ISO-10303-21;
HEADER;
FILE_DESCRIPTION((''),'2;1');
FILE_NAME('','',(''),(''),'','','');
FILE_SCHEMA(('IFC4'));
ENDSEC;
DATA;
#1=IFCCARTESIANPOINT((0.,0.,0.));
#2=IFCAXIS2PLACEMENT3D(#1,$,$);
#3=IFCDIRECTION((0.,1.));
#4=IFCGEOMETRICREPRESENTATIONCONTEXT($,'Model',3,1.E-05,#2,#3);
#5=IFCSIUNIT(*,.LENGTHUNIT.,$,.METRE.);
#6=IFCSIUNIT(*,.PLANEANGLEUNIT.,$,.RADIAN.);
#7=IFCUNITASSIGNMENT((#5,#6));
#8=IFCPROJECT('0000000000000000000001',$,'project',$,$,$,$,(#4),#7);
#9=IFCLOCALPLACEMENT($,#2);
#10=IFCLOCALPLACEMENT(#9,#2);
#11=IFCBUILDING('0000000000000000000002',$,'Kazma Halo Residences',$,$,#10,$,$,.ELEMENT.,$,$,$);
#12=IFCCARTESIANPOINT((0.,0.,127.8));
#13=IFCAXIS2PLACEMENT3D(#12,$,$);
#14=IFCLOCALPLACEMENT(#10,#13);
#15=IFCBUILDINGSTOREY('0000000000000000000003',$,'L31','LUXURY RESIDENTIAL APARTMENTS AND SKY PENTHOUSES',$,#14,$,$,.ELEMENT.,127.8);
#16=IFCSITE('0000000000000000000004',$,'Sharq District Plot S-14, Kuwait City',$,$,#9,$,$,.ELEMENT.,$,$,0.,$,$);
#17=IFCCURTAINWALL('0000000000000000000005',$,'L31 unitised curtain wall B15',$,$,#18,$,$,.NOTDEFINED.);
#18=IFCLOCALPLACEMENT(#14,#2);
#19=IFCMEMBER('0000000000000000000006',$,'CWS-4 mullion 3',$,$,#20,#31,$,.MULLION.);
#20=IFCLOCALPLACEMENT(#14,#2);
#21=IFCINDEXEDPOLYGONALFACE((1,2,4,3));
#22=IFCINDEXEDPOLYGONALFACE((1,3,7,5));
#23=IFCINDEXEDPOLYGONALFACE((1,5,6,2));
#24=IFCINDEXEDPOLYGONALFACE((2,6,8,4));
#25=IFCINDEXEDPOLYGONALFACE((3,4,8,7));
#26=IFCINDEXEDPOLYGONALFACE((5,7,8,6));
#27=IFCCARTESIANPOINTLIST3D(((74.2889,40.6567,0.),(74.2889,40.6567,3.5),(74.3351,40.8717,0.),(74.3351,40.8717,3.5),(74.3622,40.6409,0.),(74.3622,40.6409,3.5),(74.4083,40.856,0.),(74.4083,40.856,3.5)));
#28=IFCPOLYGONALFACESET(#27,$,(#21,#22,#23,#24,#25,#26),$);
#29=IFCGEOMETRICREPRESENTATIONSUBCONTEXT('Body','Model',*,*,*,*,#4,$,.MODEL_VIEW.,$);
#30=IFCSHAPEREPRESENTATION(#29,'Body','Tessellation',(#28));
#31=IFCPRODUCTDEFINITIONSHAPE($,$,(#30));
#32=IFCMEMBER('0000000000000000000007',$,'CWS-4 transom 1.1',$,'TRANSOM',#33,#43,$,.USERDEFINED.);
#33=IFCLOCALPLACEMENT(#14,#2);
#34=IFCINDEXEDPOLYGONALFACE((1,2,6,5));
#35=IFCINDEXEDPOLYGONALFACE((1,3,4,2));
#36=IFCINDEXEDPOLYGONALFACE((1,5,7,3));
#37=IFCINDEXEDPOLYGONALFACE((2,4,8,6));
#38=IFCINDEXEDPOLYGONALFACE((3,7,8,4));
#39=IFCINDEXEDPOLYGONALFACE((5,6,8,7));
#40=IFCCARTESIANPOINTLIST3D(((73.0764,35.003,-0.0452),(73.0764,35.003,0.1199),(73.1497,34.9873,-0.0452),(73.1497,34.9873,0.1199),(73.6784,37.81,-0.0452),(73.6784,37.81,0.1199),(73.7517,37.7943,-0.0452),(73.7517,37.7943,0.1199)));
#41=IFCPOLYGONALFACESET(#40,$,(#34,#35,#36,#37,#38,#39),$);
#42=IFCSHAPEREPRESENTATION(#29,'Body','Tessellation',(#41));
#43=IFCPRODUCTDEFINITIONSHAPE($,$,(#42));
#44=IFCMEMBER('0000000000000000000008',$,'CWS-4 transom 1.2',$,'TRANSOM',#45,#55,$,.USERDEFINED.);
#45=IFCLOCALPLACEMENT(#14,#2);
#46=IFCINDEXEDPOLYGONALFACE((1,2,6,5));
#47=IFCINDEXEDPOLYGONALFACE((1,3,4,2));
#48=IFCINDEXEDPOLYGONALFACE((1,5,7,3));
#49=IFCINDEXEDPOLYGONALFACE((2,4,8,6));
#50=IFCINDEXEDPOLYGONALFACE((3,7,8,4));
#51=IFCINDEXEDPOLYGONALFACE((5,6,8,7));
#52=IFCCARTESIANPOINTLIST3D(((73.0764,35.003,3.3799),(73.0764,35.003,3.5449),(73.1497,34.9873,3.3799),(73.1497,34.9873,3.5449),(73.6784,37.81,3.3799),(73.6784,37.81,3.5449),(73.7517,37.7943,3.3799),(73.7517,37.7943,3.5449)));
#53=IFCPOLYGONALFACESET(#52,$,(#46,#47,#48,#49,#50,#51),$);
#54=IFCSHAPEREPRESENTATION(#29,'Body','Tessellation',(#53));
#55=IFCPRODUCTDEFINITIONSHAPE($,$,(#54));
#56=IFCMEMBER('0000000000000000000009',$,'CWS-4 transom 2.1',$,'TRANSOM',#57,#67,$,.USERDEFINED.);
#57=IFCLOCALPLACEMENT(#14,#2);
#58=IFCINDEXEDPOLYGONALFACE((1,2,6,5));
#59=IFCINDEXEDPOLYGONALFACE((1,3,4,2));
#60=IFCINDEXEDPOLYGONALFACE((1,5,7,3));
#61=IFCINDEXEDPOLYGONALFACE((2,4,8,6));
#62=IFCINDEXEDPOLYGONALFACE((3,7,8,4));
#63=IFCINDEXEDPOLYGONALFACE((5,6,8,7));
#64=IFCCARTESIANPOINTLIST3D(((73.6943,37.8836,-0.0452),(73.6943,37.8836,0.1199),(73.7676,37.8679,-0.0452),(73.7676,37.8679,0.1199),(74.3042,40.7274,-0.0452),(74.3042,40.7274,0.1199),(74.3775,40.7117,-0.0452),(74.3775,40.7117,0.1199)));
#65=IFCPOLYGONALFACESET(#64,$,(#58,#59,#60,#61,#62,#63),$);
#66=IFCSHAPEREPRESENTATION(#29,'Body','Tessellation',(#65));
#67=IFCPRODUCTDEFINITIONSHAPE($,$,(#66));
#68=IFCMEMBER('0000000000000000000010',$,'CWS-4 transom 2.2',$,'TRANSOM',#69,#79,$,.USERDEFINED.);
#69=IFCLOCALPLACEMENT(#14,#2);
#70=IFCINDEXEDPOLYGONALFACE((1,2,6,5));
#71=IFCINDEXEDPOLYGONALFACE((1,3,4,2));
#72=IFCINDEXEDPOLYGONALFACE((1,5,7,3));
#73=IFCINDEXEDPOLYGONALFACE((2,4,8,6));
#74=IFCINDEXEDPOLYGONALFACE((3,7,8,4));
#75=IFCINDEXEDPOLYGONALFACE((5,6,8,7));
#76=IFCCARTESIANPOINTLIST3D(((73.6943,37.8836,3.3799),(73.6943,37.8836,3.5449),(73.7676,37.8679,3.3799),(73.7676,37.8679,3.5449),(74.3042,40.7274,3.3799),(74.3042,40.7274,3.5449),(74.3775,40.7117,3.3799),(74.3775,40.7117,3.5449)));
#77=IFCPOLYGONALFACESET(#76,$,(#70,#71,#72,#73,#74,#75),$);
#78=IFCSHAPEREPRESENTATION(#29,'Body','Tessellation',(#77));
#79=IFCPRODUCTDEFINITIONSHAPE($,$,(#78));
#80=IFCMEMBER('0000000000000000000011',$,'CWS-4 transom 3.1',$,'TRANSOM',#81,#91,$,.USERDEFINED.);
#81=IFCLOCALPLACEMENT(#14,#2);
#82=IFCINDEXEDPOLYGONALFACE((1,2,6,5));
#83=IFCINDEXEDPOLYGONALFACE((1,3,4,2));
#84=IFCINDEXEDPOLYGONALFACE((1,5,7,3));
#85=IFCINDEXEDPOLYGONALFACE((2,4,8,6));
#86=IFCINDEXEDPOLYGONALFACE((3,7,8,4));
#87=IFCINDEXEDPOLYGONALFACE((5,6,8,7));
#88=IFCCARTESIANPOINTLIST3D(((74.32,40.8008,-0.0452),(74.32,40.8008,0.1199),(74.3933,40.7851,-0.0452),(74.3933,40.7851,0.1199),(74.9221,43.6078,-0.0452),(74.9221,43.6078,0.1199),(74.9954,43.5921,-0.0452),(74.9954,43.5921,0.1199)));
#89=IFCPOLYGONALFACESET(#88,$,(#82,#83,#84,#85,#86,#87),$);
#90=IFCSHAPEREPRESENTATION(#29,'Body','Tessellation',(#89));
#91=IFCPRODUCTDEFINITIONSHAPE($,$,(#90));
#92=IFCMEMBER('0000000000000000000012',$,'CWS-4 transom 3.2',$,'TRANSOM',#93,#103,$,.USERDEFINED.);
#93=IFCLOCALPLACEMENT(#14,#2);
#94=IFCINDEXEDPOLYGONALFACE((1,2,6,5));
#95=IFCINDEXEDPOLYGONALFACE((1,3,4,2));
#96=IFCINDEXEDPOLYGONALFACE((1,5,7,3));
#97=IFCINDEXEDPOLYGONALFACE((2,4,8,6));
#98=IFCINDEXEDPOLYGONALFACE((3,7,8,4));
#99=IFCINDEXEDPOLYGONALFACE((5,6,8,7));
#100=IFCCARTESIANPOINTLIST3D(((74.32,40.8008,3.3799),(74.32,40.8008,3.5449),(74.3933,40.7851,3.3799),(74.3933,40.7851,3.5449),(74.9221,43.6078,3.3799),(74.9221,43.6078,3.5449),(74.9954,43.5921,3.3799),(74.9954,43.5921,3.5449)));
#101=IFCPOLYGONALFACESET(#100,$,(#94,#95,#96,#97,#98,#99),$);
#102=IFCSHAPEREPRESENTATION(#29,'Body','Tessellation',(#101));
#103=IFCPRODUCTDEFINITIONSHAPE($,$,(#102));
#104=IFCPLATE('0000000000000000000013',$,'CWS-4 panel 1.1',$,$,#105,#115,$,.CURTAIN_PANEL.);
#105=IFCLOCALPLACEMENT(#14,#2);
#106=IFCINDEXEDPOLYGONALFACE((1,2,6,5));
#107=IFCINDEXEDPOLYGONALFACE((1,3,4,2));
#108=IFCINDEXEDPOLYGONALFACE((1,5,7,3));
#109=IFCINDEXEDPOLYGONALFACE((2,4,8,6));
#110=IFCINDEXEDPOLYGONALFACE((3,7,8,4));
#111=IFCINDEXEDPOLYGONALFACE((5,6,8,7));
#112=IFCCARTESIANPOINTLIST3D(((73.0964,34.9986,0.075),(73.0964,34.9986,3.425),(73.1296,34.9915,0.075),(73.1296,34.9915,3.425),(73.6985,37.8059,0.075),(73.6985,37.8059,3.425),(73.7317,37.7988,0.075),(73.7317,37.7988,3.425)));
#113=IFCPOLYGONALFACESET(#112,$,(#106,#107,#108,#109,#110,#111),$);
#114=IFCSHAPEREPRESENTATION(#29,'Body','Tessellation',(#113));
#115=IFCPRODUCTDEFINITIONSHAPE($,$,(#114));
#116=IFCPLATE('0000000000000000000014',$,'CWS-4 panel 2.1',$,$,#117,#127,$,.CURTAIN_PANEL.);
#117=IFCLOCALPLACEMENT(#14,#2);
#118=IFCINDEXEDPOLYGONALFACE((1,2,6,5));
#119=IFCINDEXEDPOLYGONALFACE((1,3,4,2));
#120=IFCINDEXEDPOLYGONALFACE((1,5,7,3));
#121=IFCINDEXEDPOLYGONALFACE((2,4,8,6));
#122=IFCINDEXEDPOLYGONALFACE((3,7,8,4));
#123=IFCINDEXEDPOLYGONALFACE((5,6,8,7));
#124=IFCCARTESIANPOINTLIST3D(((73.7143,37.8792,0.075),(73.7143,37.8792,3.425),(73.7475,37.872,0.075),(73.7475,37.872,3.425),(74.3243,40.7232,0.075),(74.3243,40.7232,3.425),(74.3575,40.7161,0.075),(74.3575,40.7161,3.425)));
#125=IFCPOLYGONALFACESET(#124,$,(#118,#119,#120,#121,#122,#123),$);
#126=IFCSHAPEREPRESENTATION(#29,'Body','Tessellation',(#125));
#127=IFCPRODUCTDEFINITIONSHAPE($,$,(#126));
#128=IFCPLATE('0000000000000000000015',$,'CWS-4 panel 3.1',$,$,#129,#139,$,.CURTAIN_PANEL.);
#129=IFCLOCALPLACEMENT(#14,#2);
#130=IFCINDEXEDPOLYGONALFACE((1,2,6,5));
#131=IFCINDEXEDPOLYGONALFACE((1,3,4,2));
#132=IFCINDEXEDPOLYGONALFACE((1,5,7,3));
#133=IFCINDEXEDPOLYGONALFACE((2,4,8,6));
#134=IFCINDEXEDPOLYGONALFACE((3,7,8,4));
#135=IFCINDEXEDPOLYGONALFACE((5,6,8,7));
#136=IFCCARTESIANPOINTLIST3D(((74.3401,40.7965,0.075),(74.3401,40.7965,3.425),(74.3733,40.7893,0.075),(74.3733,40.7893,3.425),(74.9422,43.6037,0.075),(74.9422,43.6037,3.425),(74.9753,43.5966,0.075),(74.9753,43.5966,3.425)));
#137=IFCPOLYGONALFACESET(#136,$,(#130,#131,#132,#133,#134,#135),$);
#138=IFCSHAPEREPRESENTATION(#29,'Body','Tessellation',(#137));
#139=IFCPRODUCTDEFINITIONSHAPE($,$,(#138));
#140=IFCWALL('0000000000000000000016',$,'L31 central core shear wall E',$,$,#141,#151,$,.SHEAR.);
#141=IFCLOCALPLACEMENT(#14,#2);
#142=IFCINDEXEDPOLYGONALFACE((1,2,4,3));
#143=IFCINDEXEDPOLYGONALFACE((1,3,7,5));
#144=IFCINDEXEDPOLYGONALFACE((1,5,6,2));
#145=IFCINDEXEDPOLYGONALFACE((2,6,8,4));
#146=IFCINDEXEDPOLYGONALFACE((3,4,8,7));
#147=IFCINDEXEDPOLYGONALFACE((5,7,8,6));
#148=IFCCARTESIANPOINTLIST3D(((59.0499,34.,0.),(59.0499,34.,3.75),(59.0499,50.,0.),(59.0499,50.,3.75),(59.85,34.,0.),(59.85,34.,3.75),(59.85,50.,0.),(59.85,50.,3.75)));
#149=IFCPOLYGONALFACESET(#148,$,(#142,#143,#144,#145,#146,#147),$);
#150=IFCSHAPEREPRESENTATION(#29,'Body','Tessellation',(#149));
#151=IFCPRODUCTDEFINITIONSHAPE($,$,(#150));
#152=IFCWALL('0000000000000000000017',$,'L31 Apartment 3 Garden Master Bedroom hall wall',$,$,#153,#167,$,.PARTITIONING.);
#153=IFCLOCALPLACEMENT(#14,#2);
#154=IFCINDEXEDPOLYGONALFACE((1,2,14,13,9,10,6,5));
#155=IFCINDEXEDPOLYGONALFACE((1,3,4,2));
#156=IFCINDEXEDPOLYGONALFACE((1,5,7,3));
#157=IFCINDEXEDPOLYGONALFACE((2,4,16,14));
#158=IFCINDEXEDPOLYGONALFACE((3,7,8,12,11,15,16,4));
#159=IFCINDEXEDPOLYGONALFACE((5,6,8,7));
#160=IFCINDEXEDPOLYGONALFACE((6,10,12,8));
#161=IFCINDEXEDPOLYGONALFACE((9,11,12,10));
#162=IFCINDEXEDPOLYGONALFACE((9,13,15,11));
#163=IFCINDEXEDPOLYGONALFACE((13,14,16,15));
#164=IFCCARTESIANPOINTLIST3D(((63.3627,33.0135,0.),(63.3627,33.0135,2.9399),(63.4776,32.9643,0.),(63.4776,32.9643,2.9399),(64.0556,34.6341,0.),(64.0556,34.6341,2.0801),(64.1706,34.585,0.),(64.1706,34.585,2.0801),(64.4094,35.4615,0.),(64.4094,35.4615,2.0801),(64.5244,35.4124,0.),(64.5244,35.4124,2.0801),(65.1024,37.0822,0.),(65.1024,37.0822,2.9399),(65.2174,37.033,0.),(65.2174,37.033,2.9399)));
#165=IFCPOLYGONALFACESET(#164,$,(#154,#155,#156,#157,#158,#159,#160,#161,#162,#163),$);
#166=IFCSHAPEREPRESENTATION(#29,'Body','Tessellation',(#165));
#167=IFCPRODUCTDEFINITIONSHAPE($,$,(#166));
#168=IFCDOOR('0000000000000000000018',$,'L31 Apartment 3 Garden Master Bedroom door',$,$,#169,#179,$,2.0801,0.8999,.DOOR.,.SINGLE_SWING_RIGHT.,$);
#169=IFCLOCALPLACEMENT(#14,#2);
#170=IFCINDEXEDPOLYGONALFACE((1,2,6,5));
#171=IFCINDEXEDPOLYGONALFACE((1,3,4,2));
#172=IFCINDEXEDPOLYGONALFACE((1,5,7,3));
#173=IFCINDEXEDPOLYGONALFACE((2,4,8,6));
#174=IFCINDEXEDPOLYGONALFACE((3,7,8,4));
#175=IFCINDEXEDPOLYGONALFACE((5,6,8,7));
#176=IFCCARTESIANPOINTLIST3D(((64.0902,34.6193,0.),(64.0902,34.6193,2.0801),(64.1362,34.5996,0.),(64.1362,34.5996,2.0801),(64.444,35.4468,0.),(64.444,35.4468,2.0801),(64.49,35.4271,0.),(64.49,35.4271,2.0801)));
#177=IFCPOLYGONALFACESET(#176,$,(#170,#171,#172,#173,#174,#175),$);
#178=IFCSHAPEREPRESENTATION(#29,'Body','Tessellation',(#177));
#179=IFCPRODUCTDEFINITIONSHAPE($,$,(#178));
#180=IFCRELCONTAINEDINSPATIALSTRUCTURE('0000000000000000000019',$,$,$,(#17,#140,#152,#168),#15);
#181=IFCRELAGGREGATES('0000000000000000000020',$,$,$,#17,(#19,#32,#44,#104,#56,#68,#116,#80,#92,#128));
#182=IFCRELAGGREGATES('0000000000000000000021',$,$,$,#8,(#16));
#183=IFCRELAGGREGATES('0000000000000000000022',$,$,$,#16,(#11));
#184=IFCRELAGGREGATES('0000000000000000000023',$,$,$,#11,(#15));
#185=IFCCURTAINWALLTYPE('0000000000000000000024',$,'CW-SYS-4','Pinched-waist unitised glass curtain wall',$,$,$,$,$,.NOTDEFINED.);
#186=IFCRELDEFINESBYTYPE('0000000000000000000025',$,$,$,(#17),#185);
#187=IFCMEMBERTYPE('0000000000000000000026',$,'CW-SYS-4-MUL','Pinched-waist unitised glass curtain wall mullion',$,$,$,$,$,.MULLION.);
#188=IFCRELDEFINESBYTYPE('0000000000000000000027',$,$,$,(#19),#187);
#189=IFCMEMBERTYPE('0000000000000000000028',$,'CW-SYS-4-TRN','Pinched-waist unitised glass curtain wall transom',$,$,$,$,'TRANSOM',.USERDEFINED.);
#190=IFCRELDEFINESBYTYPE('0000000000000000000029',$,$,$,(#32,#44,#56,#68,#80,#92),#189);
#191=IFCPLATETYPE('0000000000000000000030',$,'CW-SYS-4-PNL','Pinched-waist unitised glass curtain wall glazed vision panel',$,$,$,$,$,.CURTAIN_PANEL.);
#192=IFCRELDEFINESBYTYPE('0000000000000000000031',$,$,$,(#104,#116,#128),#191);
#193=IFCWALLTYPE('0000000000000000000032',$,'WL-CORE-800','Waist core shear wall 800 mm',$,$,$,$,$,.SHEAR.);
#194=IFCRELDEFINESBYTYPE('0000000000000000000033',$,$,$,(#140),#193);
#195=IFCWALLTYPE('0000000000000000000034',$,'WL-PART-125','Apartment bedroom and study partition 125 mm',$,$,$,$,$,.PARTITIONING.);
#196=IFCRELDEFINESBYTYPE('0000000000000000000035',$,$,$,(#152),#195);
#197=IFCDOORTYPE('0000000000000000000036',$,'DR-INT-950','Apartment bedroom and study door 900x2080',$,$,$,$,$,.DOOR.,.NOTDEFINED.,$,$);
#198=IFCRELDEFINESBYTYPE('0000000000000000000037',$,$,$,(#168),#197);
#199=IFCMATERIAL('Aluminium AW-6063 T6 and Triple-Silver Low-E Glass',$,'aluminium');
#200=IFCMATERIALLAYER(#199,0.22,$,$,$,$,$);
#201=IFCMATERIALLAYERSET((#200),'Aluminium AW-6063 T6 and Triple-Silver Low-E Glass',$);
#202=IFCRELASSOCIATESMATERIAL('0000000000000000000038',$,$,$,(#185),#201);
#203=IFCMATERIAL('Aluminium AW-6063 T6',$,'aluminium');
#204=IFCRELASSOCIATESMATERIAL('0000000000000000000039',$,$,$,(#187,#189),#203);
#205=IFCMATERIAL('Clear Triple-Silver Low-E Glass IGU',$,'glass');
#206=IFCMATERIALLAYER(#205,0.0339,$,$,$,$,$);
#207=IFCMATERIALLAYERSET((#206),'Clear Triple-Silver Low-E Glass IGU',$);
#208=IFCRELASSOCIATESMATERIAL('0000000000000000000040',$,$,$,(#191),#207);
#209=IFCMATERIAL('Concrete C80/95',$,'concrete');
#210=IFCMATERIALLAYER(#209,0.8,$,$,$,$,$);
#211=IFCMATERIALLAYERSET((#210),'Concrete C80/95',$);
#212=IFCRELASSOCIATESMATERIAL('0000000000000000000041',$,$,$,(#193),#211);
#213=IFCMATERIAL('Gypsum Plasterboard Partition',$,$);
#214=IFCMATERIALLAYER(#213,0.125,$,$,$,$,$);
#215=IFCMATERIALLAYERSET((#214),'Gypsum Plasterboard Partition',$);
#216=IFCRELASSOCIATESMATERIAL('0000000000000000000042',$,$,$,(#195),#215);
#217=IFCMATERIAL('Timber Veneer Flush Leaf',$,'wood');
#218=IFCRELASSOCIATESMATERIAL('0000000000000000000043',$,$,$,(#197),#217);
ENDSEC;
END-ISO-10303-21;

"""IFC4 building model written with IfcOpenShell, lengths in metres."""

from ifc_helpers import new_model, si_unit, direction, frame, frame_2d, origin, origin_2d, place, context, subcontext, project, spatial, rectangle, extrude, material, layer, layer_set, material_profile, profile_set, type_object, element, fill, aggregate, save


model = new_model("IFC4")

# Units and contexts
model_context = context("Model", 3, precision=1e-05, world=origin(), true_north=direction((0.0, 1.0)))
body_context = subcontext(model_context, "Body", "Model", "MODEL_VIEW")
ifc_project = project(units=[si_unit("LENGTHUNIT", "METRE"), si_unit("PLANEANGLEUNIT", "RADIAN")], contexts=[model_context])

# Site, building, storey
site_placement = place(None, origin())
site = spatial("IfcSite", under=ifc_project, at=site_placement, Name="Sharq District Plot S-14, Kuwait City", CompositionType="ELEMENT", RefElevation=0.0)
building_placement = place(site_placement, origin())
building = spatial("IfcBuilding", under=site, at=building_placement, Name="Kazma Halo Residences", CompositionType="ELEMENT")
storey_placement = place(building_placement, frame((0.0, 0.0, 127.8)))
storey = spatial("IfcBuildingStorey", under=building, at=storey_placement, Name="L31", Description="LUXURY RESIDENTIAL APARTMENTS AND SKY PENTHOUSES", CompositionType="ELEMENT", Elevation=127.8)

# Shared definitions
ifc_material_1 = material(Name="Concrete C80/95", Category="concrete")

# Shared definitions
ifc_material_2 = material(Name="Aluminium AW-6063 T6 and Triple-Silver Low-E Glass", Category="aluminium")
ifc_layer_1 = layer(ifc_material_2, 0.22)
ifc_layer_set_1 = layer_set([ifc_layer_1], Name="Aluminium AW-6063 T6 and Triple-Silver Low-E Glass")
curtain_wall_type = type_object("IfcCurtainWallType", Name="CW-SYS-4", Description="Pinched-waist unitised glass curtain wall", PredefinedType="NOTDEFINED", material=ifc_layer_set_1)
ifc_material_3 = material(Name="Aluminium AW-6063 T6", Category="aluminium")
ifc_material_profile_1 = material_profile(ifc_material_3, rectangle(XDim=0.075, YDim=0.22, at=origin_2d()), Name="CWM-75x220")
ifc_profile_set_1 = profile_set([ifc_material_profile_1], Name="Aluminium AW-6063 T6")
member_type_1 = type_object("IfcMemberType", Name="CW-SYS-4-MUL", Description="Pinched-waist unitised glass curtain wall mullion", PredefinedType="MULLION", material=ifc_profile_set_1)

# Curtain wall, members, plates
curtain_wall_1_placement = place(storey_placement, origin())
curtain_wall_1 = element("IfcCurtainWall", 1, at=curtain_wall_1_placement, inside=storey, type_object=curtain_wall_type, Name="L31 unitised curtain wall B15", PredefinedType="NOTDEFINED")
member_1_placement = place(storey_placement, frame((74.3486, 40.7563, 0.0), z_axis=(0.0, 0.0, 1.0), x_axis=(-0.977765, 0.209704, 0.0)))
member_1 = element("IfcMember", 2, at=member_1_placement, type_object=member_type_1, Name="CWS-4 mullion 3", PredefinedType="MULLION", context=body_context, shape_type="SweptSolid", body=[
    extrude(rectangle(XDim=0.075, YDim=0.22, at=origin_2d()), origin(), (0.0, 0.0, 1.0), 3.5),
])
ifc_material_profile_2 = material_profile(ifc_material_3, rectangle(XDim=0.075, YDim=0.165, at=origin_2d()), Name="CWT-75x165")
ifc_profile_set_2 = profile_set([ifc_material_profile_2], Name="Aluminium AW-6063 T6")
member_type_2 = type_object("IfcMemberType", Name="CW-SYS-4-TRN", Description="Pinched-waist unitised glass curtain wall transom", ElementType="TRANSOM", PredefinedType="USERDEFINED", material=ifc_profile_set_2)
member_2_placement = place(storey_placement, frame((73.113, 34.9951, 0.0374), z_axis=(0.209703, 0.977765, 0.0), x_axis=(-0.977765, 0.209703, 0.0)))
member_2 = element("IfcMember", 3, at=member_2_placement, type_object=member_type_2, Name="CWS-4 transom 1.1", ObjectType="TRANSOM", PredefinedType="USERDEFINED", context=body_context, shape_type="SweptSolid", body=[
    extrude(rectangle(XDim=0.075, YDim=0.165, at=origin_2d()), origin(), (0.0, 0.0, 1.0), 2.8708),
])
member_3_placement = place(storey_placement, frame((73.113, 34.9951, 3.4624), z_axis=(0.209703, 0.977765, 0.0), x_axis=(-0.977765, 0.209703, 0.0)))
member_3 = element("IfcMember", 4, at=member_3_placement, type_object=member_type_2, Name="CWS-4 transom 1.2", ObjectType="TRANSOM", PredefinedType="USERDEFINED", context=body_context, shape_type="SweptSolid", body=[
    extrude(rectangle(XDim=0.075, YDim=0.165, at=origin_2d()), origin(), (0.0, 0.0, 1.0), 2.8708),
])
member_4_placement = place(storey_placement, frame((73.731, 37.8757, 0.0374), z_axis=(0.20969, 0.977768, 0.0), x_axis=(-0.977768, 0.20969, 0.0)))
member_4 = element("IfcMember", 5, at=member_4_placement, type_object=member_type_2, Name="CWS-4 transom 2.1", ObjectType="TRANSOM", PredefinedType="USERDEFINED", context=body_context, shape_type="SweptSolid", body=[
    extrude(rectangle(XDim=0.075, YDim=0.165, at=origin_2d()), origin(), (0.0, 0.0, 1.0), 2.9084),
])
member_5_placement = place(storey_placement, frame((73.731, 37.8757, 3.4624), z_axis=(0.20969, 0.977768, 0.0), x_axis=(-0.977768, 0.20969, 0.0)))
member_5 = element("IfcMember", 6, at=member_5_placement, type_object=member_type_2, Name="CWS-4 transom 2.2", ObjectType="TRANSOM", PredefinedType="USERDEFINED", context=body_context, shape_type="SweptSolid", body=[
    extrude(rectangle(XDim=0.075, YDim=0.165, at=origin_2d()), origin(), (0.0, 0.0, 1.0), 2.9084),
])
member_6_placement = place(storey_placement, frame((74.3567, 40.793, 0.0374), z_axis=(0.209703, 0.977765, 0.0), x_axis=(-0.977765, 0.209703, 0.0)))
member_6 = element("IfcMember", 7, at=member_6_placement, type_object=member_type_2, Name="CWS-4 transom 3.1", ObjectType="TRANSOM", PredefinedType="USERDEFINED", context=body_context, shape_type="SweptSolid", body=[
    extrude(rectangle(XDim=0.075, YDim=0.165, at=origin_2d()), origin(), (0.0, 0.0, 1.0), 2.8708),
])
member_7_placement = place(storey_placement, frame((74.3567, 40.793, 3.4624), z_axis=(0.209703, 0.977765, 0.0), x_axis=(-0.977765, 0.209703, 0.0)))
member_7 = element("IfcMember", 8, at=member_7_placement, type_object=member_type_2, Name="CWS-4 transom 3.2", ObjectType="TRANSOM", PredefinedType="USERDEFINED", context=body_context, shape_type="SweptSolid", body=[
    extrude(rectangle(XDim=0.075, YDim=0.165, at=origin_2d()), origin(), (0.0, 0.0, 1.0), 2.8708),
])
ifc_material_4 = material(Name="Clear Triple-Silver Low-E Glass IGU", Category="glass")
ifc_layer_2 = layer(ifc_material_4, 0.0339)
ifc_layer_set_2 = layer_set([ifc_layer_2], Name="Clear Triple-Silver Low-E Glass IGU")
plate_type = type_object("IfcPlateType", Name="CW-SYS-4-PNL", Description="Pinched-waist unitised glass curtain wall glazed vision panel", PredefinedType="CURTAIN_PANEL", material=ifc_layer_set_2)
plate_1_placement = place(storey_placement, frame((73.4141, 36.3987, 0.075), z_axis=(0.0, 0.0, 1.0), x_axis=(0.209704, 0.977765, 0.0)))
plate_1 = element("IfcPlate", 9, at=plate_1_placement, type_object=plate_type, Name="CWS-4 panel 1.1", PredefinedType="CURTAIN_PANEL", context=body_context, shape_type="SweptSolid", body=[
    extrude(rectangle(XDim=2.8711, YDim=0.0339, at=origin_2d()), origin(), (0.0, 0.0, 1.0), 3.3501),
])
plate_2_placement = place(storey_placement, frame((74.0359, 39.2976, 0.075), z_axis=(0.0, 0.0, 1.0), x_axis=(0.209704, 0.977765, 0.0)))
plate_2 = element("IfcPlate", 10, at=plate_2_placement, type_object=plate_type, Name="CWS-4 panel 2.1", PredefinedType="CURTAIN_PANEL", context=body_context, shape_type="SweptSolid", body=[
    extrude(rectangle(XDim=2.9087, YDim=0.0339, at=origin_2d()), origin(), (0.0, 0.0, 1.0), 3.3501),
])
plate_3_placement = place(storey_placement, frame((74.6577, 42.1965, 0.075), z_axis=(0.0, 0.0, 1.0), x_axis=(0.209704, 0.977765, 0.0)))
plate_3 = element("IfcPlate", 11, at=plate_3_placement, type_object=plate_type, Name="CWS-4 panel 3.1", PredefinedType="CURTAIN_PANEL", context=body_context, shape_type="SweptSolid", body=[
    extrude(rectangle(XDim=2.8711, YDim=0.0339, at=origin_2d()), origin(), (0.0, 0.0, 1.0), 3.3501),
])
aggregate(curtain_wall_1, [member_1, member_2, member_3, plate_1, member_4, member_5, plate_2, member_6, member_7, plate_3])

# Wall
ifc_layer_3 = layer(ifc_material_1, 0.8)
ifc_layer_set_3 = layer_set([ifc_layer_3], Name="Concrete C80/95")
wall_type_1 = type_object("IfcWallType", Name="WL-CORE-800", Description="Waist core shear wall 800 mm", PredefinedType="SHEAR", material=ifc_layer_set_3)
wall_1_placement = place(storey_placement, frame((59.45, 34.0, 0.0), z_axis=(0.0, 0.0, 1.0), x_axis=(0.0, 1.0, 0.0)))
element("IfcWall", 12, at=wall_1_placement, inside=storey, type_object=wall_type_1, Name="L31 central core shear wall E", PredefinedType="SHEAR", context=body_context, shape_type="SweptSolid", body=[
    extrude(rectangle(XDim=16.0, YDim=0.8, at=frame_2d((8.0, 0.0))), origin(), (0.0, 0.0, 1.0), 3.75),
])

# Wall, opening, door
ifc_material_5 = material(Name="Gypsum Plasterboard Partition")
ifc_layer_4 = layer(ifc_material_5, 0.125)
ifc_layer_set_4 = layer_set([ifc_layer_4], Name="Gypsum Plasterboard Partition")
wall_type_2 = type_object("IfcWallType", Name="WL-PART-125", Description="Apartment bedroom and study partition 125 mm", PredefinedType="PARTITIONING", material=ifc_layer_set_4)
wall_2_placement = place(storey_placement, frame((63.4202, 32.989, 0.0), z_axis=(0.0, 0.0, 1.0), x_axis=(0.393167, 0.919467, 0.0)))
wall_2 = element("IfcWall", 13, at=wall_2_placement, inside=storey, type_object=wall_type_2, Name="L31 Apartment 3 Garden Master Bedroom hall wall", PredefinedType="PARTITIONING", context=body_context, shape_type="SweptSolid", body=[
    extrude(rectangle(XDim=4.425, YDim=0.125, at=frame_2d((2.2124, 0.0))), origin(), (0.0, 0.0, 1.0), 2.9399),
])
opening_1_placement = place(wall_2_placement, frame((1.7625, 0.0, 0.0)))
opening_1 = element("IfcOpeningElement", 14, at=opening_1_placement, cuts=wall_2, PredefinedType="OPENING", context=body_context, shape_type="SweptSolid", body=[
    extrude(rectangle(XDim=0.8999, YDim=2.0801, at=frame_2d((0.45, 1.04))), frame((0.0, 0.0725, 0.0), z_axis=(0.0, -1.0, 0.0), x_axis=(1.0, 0.0, 0.0)), (0.0, 0.0, 1.0), 0.145),
])
ifc_material_6 = material(Name="Timber Veneer Flush Leaf", Category="wood")
door_type_1 = type_object("IfcDoorType", Name="DR-INT-950", Description="Apartment bedroom and study door 900x2080", OperationType="NOTDEFINED", PredefinedType="DOOR", material=ifc_material_6)
door_1_placement = place(opening_1_placement, origin())
door_1 = element("IfcDoor", 15, at=door_1_placement, inside=storey, type_object=door_type_1, Name="L31 Apartment 3 Garden Master Bedroom door", OperationType="SINGLE_SWING_RIGHT", OverallHeight=2.0801, OverallWidth=0.8999, PredefinedType="DOOR", context=body_context, shape_type="SweptSolid", body=[
    extrude(rectangle(XDim=0.8999, YDim=2.0801, at=frame_2d((0.45, 1.04))), frame((0.0, 0.0249, 0.0), z_axis=(0.0, -1.0, 0.0), x_axis=(1.0, 0.0, 0.0)), (0.0, 0.0, 1.0), 0.05),
])
fill(opening_1, door_1)

save(model, "model.ifc")
